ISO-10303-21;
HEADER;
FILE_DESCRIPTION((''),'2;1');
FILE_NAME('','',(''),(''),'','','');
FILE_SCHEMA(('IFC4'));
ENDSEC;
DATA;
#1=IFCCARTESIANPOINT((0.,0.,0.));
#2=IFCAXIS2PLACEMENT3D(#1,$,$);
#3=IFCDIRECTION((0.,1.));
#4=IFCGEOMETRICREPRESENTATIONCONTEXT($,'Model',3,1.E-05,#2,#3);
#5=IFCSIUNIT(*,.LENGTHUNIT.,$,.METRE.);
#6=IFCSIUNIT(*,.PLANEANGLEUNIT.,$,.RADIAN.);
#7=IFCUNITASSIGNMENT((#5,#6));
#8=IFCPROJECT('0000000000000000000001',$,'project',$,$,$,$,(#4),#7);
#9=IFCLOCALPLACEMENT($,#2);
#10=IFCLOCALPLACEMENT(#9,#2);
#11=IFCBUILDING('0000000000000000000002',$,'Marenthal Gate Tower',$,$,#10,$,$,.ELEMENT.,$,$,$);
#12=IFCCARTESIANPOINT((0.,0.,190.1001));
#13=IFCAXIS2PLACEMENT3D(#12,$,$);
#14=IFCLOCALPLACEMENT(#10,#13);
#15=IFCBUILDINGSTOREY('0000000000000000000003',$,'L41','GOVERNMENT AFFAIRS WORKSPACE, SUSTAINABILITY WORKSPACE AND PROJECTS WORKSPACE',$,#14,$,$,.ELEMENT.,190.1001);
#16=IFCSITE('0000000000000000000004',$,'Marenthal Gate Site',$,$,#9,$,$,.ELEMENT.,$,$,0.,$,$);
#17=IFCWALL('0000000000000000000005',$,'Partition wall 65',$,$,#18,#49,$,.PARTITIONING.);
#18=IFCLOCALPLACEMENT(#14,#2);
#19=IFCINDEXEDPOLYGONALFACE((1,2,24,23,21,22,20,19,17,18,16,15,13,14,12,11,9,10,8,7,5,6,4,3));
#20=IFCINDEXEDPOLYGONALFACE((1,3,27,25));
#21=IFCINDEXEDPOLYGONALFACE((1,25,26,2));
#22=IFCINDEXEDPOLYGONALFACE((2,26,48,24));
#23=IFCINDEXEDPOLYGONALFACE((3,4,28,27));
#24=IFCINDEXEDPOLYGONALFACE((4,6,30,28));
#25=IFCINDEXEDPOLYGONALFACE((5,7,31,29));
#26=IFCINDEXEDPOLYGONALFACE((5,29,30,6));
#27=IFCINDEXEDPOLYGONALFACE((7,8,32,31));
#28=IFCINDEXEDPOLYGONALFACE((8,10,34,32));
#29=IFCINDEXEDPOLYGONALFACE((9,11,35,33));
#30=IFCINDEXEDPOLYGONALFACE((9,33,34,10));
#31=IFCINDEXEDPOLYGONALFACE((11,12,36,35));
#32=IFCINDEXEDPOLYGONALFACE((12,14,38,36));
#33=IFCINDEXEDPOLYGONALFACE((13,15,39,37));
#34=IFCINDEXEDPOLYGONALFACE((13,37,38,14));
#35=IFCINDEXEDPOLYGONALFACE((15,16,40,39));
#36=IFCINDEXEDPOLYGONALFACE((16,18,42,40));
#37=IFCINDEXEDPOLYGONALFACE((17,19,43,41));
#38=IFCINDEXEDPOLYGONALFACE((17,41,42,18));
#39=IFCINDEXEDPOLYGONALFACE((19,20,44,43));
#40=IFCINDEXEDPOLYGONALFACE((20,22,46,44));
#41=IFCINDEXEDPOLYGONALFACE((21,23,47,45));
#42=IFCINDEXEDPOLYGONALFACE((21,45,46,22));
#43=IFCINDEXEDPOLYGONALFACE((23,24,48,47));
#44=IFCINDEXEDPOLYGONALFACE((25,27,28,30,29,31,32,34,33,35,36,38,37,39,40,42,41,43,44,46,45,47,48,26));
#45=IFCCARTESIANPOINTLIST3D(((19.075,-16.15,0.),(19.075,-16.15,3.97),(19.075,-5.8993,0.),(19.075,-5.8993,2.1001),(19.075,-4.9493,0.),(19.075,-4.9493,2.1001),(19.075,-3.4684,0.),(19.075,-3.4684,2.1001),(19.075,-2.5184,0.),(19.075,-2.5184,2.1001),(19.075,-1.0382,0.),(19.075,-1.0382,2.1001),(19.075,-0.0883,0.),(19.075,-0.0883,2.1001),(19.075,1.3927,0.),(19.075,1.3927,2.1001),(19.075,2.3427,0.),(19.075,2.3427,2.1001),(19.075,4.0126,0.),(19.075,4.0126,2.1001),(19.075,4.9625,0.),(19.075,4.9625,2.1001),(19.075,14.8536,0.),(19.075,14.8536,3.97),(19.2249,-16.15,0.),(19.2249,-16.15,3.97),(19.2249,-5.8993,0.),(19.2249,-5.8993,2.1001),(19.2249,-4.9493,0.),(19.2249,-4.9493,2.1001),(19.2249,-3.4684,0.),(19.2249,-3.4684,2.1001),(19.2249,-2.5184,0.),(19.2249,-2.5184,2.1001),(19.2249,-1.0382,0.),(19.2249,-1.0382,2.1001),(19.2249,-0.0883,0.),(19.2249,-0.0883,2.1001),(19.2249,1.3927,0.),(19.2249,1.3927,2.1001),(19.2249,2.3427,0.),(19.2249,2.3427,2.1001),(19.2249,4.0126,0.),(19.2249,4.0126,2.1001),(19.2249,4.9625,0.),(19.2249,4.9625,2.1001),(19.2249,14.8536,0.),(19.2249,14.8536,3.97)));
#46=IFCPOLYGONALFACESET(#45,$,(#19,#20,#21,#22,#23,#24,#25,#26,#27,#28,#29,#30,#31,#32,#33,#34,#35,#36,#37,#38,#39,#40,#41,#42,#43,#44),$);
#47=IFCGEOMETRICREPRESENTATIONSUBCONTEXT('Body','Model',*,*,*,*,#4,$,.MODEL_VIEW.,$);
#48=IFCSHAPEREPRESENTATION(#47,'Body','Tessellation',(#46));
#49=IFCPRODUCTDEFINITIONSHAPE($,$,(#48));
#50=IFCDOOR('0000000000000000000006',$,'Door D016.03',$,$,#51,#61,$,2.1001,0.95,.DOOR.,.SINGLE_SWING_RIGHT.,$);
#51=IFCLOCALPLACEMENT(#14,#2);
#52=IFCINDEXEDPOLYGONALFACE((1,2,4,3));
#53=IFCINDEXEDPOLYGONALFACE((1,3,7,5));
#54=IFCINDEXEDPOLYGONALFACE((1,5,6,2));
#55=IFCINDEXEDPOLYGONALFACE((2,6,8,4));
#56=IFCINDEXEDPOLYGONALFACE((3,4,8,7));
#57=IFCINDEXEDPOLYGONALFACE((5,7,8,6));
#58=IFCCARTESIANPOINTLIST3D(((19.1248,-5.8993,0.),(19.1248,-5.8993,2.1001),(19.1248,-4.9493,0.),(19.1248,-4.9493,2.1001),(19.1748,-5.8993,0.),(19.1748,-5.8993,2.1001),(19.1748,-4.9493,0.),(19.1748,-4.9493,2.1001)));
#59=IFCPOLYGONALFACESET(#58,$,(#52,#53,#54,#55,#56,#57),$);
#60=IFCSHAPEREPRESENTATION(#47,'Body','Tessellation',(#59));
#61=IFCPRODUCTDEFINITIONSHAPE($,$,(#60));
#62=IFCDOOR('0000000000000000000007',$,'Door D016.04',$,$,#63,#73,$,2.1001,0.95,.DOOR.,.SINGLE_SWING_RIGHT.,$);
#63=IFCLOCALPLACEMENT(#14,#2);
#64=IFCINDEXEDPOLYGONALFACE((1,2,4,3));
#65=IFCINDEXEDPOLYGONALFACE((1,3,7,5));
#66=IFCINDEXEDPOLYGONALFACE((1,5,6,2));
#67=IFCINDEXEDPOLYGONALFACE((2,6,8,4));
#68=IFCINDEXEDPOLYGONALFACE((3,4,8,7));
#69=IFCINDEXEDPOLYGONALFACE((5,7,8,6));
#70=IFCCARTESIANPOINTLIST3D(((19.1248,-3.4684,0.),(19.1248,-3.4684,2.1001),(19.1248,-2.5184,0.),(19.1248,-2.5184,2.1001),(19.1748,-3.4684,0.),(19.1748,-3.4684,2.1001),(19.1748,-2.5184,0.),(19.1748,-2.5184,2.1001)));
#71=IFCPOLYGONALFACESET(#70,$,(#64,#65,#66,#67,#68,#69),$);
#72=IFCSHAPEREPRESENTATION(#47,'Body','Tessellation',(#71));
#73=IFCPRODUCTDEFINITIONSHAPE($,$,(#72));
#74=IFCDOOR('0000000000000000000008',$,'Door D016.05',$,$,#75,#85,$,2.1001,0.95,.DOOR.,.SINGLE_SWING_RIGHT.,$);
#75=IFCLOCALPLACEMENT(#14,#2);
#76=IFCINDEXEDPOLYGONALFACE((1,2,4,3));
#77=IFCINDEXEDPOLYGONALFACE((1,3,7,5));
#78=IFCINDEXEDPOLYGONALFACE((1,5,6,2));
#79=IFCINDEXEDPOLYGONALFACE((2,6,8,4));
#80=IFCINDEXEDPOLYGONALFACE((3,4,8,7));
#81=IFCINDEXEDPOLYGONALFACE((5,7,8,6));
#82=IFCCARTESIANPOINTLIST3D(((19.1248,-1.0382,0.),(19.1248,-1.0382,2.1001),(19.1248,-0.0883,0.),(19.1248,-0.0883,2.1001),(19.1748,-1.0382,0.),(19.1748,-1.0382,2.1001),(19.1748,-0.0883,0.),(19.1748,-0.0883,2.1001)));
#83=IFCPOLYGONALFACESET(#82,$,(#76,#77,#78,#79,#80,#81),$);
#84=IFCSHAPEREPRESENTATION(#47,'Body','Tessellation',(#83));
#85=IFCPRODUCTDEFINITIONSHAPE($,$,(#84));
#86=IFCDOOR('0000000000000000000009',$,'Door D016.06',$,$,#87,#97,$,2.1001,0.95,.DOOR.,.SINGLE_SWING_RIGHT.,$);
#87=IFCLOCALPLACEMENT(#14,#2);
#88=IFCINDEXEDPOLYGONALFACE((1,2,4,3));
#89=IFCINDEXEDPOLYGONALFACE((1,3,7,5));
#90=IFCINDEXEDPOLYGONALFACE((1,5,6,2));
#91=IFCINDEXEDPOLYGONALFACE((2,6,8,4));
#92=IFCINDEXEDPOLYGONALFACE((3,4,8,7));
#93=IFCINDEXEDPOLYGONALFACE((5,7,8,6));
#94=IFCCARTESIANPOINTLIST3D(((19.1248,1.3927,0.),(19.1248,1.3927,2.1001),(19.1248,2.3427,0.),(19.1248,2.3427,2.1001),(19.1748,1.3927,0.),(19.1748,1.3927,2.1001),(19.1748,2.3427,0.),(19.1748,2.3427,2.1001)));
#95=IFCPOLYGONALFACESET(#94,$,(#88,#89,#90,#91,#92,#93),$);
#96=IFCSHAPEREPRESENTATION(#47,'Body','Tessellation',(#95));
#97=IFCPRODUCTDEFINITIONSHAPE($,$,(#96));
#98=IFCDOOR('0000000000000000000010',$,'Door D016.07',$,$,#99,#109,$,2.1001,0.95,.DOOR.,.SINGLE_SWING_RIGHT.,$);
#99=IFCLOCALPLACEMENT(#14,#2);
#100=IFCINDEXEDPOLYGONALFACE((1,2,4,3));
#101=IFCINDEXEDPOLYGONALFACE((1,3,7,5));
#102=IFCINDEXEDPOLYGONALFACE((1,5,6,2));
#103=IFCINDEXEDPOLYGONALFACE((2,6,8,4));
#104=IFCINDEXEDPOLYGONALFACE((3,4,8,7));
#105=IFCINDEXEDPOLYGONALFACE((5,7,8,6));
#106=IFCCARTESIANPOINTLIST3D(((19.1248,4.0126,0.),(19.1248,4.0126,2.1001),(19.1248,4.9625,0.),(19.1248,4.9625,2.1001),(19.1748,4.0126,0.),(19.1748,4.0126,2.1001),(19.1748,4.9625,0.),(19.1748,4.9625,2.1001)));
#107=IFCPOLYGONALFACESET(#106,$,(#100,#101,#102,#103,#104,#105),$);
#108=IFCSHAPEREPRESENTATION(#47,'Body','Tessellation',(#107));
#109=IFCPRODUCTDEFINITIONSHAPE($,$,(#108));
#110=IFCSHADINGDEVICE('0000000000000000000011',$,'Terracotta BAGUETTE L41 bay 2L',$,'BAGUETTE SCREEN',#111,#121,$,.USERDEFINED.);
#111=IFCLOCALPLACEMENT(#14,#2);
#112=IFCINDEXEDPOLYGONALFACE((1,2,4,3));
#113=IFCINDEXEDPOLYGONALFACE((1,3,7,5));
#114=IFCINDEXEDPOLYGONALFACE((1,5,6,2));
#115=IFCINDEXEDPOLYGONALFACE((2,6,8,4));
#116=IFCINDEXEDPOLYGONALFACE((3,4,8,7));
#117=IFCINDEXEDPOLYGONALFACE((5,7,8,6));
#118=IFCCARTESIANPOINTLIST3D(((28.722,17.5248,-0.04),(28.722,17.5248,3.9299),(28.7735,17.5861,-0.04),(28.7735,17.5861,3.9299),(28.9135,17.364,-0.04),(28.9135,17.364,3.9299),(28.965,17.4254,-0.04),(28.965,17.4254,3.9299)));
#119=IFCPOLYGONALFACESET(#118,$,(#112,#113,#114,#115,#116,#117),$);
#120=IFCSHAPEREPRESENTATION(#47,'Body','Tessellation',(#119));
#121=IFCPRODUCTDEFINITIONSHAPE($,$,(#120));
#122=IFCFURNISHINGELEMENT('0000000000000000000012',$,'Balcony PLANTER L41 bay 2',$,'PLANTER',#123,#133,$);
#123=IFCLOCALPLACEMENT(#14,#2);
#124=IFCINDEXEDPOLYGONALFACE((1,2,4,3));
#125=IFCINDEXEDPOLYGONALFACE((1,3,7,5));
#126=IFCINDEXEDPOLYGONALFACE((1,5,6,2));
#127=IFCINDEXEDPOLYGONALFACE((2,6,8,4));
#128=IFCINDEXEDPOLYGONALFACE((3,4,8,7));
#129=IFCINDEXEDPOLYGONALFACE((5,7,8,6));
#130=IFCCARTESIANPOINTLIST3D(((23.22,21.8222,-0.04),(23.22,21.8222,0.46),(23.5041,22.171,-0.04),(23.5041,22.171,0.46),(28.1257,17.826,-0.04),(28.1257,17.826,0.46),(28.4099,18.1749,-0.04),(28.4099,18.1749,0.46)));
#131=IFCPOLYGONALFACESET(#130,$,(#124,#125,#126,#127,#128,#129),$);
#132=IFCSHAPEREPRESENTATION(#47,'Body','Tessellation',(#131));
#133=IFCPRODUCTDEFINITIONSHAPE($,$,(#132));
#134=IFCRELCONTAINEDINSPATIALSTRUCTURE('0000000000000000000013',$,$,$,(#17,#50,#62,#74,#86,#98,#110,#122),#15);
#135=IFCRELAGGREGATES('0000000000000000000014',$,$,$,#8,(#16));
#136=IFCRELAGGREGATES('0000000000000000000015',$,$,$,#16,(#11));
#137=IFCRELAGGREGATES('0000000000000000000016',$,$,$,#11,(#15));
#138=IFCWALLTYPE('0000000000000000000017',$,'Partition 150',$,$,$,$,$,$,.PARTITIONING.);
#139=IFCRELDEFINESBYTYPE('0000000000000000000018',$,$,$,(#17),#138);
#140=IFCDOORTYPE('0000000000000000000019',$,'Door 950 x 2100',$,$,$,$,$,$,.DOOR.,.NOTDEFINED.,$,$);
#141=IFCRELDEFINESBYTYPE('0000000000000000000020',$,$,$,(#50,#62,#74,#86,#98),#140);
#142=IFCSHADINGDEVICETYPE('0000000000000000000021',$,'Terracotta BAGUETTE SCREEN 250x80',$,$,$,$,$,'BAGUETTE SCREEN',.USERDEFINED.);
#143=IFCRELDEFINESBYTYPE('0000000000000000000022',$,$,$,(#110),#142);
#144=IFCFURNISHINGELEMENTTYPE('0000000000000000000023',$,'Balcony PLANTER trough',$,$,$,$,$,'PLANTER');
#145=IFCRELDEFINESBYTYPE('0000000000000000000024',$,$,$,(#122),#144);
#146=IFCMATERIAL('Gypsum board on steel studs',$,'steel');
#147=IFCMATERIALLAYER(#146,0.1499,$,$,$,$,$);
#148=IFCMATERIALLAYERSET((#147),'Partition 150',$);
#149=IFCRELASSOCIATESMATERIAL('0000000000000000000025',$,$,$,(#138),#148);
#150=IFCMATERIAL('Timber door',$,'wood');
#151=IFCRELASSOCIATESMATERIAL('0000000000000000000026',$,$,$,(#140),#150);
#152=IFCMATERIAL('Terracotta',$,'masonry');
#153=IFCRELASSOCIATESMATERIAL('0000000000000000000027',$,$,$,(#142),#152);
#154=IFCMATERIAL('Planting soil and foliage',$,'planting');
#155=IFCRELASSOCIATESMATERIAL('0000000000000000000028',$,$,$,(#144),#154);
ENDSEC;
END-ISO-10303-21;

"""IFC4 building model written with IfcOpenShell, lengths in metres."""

from ifc_helpers import new_model, si_unit, direction, frame, frame_2d, origin, origin_2d, place, context, subcontext, project, spatial, rectangle, extrude, material, layer, layer_set, material_profile, profile_set, type_object, element, fill, save


model = new_model("IFC4")

# Units and contexts
model_context = context("Model", 3, precision=1e-05, world=origin(), true_north=direction((0.0, 1.0)))
body_context = subcontext(model_context, "Body", "Model", "MODEL_VIEW")
ifc_project = project(units=[si_unit("LENGTHUNIT", "METRE"), si_unit("PLANEANGLEUNIT", "RADIAN")], contexts=[model_context])

# Site, building, storey
site_placement = place(None, origin())
site = spatial("IfcSite", under=ifc_project, at=site_placement, Name="Marenthal Gate Site", CompositionType="ELEMENT", RefElevation=0.0)
building_placement = place(site_placement, origin())
building = spatial("IfcBuilding", under=site, at=building_placement, Name="Marenthal Gate Tower", CompositionType="ELEMENT")
storey_placement = place(building_placement, frame((0.0, 0.0, 190.1001)))
storey = spatial("IfcBuildingStorey", under=building, at=storey_placement, Name="L41", Description="GOVERNMENT AFFAIRS WORKSPACE, SUSTAINABILITY WORKSPACE AND PROJECTS WORKSPACE", CompositionType="ELEMENT", Elevation=190.1001)

# Shared definitions
ifc_material_1 = material(Name="Gypsum board on steel studs", Category="steel")
ifc_layer_1 = layer(ifc_material_1, 0.1499)
ifc_layer_set_1 = layer_set([ifc_layer_1], Name="Partition 150")
wall_type_1 = type_object("IfcWallType", Name="Partition 150", PredefinedType="PARTITIONING", material=ifc_layer_set_1)

# Wall, openings, doors
wall_1_placement = place(storey_placement, frame((19.1499, 14.8538, 0.0), z_axis=(0.0, 0.0, 1.0), x_axis=(0.0, -1.0, 0.0)))
wall_1 = element("IfcWall", 1, at=wall_1_placement, inside=storey, type_object=wall_type_1, Name="Partition wall 65", PredefinedType="PARTITIONING", context=body_context, shape_type="SweptSolid", body=[
    extrude(rectangle(XDim=31.0037, YDim=0.1499, at=frame_2d((15.502, 0.0))), origin(), (0.0, 0.0, 1.0), 3.97),
])
opening_1_placement = place(wall_1_placement, frame((19.803, 0.0, 0.0)))
opening_1 = element("IfcOpeningElement", 2, at=opening_1_placement, cuts=wall_1, PredefinedType="OPENING", context=body_context, shape_type="SweptSolid", body=[
    extrude(rectangle(XDim=0.95, YDim=2.1001, at=frame_2d((0.4751, 1.05))), frame((0.0, 0.085, 0.0), z_axis=(0.0, -1.0, 0.0), x_axis=(1.0, 0.0, 0.0)), (0.0, 0.0, 1.0), 0.1699),
])
opening_2_placement = place(wall_1_placement, frame((17.3721, 0.0, 0.0)))
opening_2 = element("IfcOpeningElement", 3, at=opening_2_placement, cuts=wall_1, PredefinedType="OPENING", context=body_context, shape_type="SweptSolid", body=[
    extrude(rectangle(XDim=0.95, YDim=2.1001, at=frame_2d((0.4751, 1.05))), frame((0.0, 0.085, 0.0), z_axis=(0.0, -1.0, 0.0), x_axis=(1.0, 0.0, 0.0)), (0.0, 0.0, 1.0), 0.1699),
])
opening_3_placement = place(wall_1_placement, frame((14.9419, 0.0, 0.0)))
opening_3 = element("IfcOpeningElement", 4, at=opening_3_placement, cuts=wall_1, PredefinedType="OPENING", context=body_context, shape_type="SweptSolid", body=[
    extrude(rectangle(XDim=0.95, YDim=2.1001, at=frame_2d((0.4751, 1.05))), frame((0.0, 0.085, 0.0), z_axis=(0.0, -1.0, 0.0), x_axis=(1.0, 0.0, 0.0)), (0.0, 0.0, 1.0), 0.1699),
])
opening_4_placement = place(wall_1_placement, frame((12.511, 0.0, 0.0)))
opening_4 = element("IfcOpeningElement", 5, at=opening_4_placement, cuts=wall_1, PredefinedType="OPENING", context=body_context, shape_type="SweptSolid", body=[
    extrude(rectangle(XDim=0.95, YDim=2.1001, at=frame_2d((0.4751, 1.05))), frame((0.0, 0.085, 0.0), z_axis=(0.0, -1.0, 0.0), x_axis=(1.0, 0.0, 0.0)), (0.0, 0.0, 1.0), 0.1699),
])
opening_5_placement = place(wall_1_placement, frame((9.8911, 0.0, 0.0)))
opening_5 = element("IfcOpeningElement", 6, at=opening_5_placement, cuts=wall_1, PredefinedType="OPENING", context=body_context, shape_type="SweptSolid", body=[
    extrude(rectangle(XDim=0.95, YDim=2.1001, at=frame_2d((0.4751, 1.05))), frame((0.0, 0.085, 0.0), z_axis=(0.0, -1.0, 0.0), x_axis=(1.0, 0.0, 0.0)), (0.0, 0.0, 1.0), 0.1699),
])
ifc_material_2 = material(Name="Timber door", Category="wood")
door_type_1 = type_object("IfcDoorType", Name="Door 950 x 2100", OperationType="NOTDEFINED", PredefinedType="DOOR", material=ifc_material_2)
door_1_placement = place(opening_1_placement, origin())
door_1 = element("IfcDoor", 7, at=door_1_placement, inside=storey, type_object=door_type_1, Name="Door D016.03", OperationType="SINGLE_SWING_RIGHT", OverallHeight=2.1001, OverallWidth=0.95, PredefinedType="DOOR", context=body_context, shape_type="SweptSolid", body=[
    extrude(rectangle(XDim=0.95, YDim=2.1001, at=frame_2d((0.4751, 1.05))), frame((0.0, 0.0249, 0.0), z_axis=(0.0, -1.0, 0.0), x_axis=(1.0, 0.0, 0.0)), (0.0, 0.0, 1.0), 0.05),
])
fill(opening_1, door_1)
door_2_placement = place(opening_2_placement, origin())
door_2 = element("IfcDoor", 8, at=door_2_placement, inside=storey, type_object=door_type_1, Name="Door D016.04", OperationType="SINGLE_SWING_RIGHT", OverallHeight=2.1001, OverallWidth=0.95, PredefinedType="DOOR", context=body_context, shape_type="SweptSolid", body=[
    extrude(rectangle(XDim=0.95, YDim=2.1001, at=frame_2d((0.4751, 1.05))), frame((0.0, 0.0249, 0.0), z_axis=(0.0, -1.0, 0.0), x_axis=(1.0, 0.0, 0.0)), (0.0, 0.0, 1.0), 0.05),
])
fill(opening_2, door_2)
door_3_placement = place(opening_3_placement, origin())
door_3 = element("IfcDoor", 9, at=door_3_placement, inside=storey, type_object=door_type_1, Name="Door D016.05", OperationType="SINGLE_SWING_RIGHT", OverallHeight=2.1001, OverallWidth=0.95, PredefinedType="DOOR", context=body_context, shape_type="SweptSolid", body=[
    extrude(rectangle(XDim=0.95, YDim=2.1001, at=frame_2d((0.4751, 1.05))), frame((0.0, 0.0249, 0.0), z_axis=(0.0, -1.0, 0.0), x_axis=(1.0, 0.0, 0.0)), (0.0, 0.0, 1.0), 0.05),
])
fill(opening_3, door_3)
door_4_placement = place(opening_4_placement, origin())
door_4 = element("IfcDoor", 10, at=door_4_placement, inside=storey, type_object=door_type_1, Name="Door D016.06", OperationType="SINGLE_SWING_RIGHT", OverallHeight=2.1001, OverallWidth=0.95, PredefinedType="DOOR", context=body_context, shape_type="SweptSolid", body=[
    extrude(rectangle(XDim=0.95, YDim=2.1001, at=frame_2d((0.4751, 1.05))), frame((0.0, 0.0249, 0.0), z_axis=(0.0, -1.0, 0.0), x_axis=(1.0, 0.0, 0.0)), (0.0, 0.0, 1.0), 0.05),
])
fill(opening_4, door_4)
door_5_placement = place(opening_5_placement, origin())
door_5 = element("IfcDoor", 11, at=door_5_placement, inside=storey, type_object=door_type_1, Name="Door D016.07", OperationType="SINGLE_SWING_RIGHT", OverallHeight=2.1001, OverallWidth=0.95, PredefinedType="DOOR", context=body_context, shape_type="SweptSolid", body=[
    extrude(rectangle(XDim=0.95, YDim=2.1001, at=frame_2d((0.4751, 1.05))), frame((0.0, 0.0249, 0.0), z_axis=(0.0, -1.0, 0.0), x_axis=(1.0, 0.0, 0.0)), (0.0, 0.0, 1.0), 0.05),
])
fill(opening_5, door_5)

# Shading device
ifc_material_3 = material(Name="Terracotta", Category="masonry")
ifc_material_profile_1 = material_profile(ifc_material_3, rectangle(XDim=0.25, YDim=0.0801, at=origin_2d()), Name="Terracotta baguette 250x80")
ifc_profile_set_1 = profile_set([ifc_material_profile_1], Name="Terracotta")
shading_device_type = type_object("IfcShadingDeviceType", Name="Terracotta BAGUETTE SCREEN 250x80", ElementType="BAGUETTE SCREEN", PredefinedType="USERDEFINED", material=ifc_profile_set_1)
shading_device_placement = place(storey_placement, frame((28.8435, 17.4751, -0.04), z_axis=(0.0, 0.0, 1.0), x_axis=(-0.76578, 0.643103, 0.0)))
element("IfcShadingDevice", 12, at=shading_device_placement, inside=storey, type_object=shading_device_type, Name="Terracotta BAGUETTE L41 bay 2L", ObjectType="BAGUETTE SCREEN", PredefinedType="USERDEFINED", context=body_context, shape_type="SweptSolid", body=[
    extrude(rectangle(XDim=0.25, YDim=0.0801, at=origin_2d()), origin(), (0.0, 0.0, 1.0), 3.97),
])

# Furnishing element
ifc_material_4 = material(Name="Planting soil and foliage", Category="planting")
furnishing_element_type = type_object("IfcFurnishingElementType", Name="Balcony PLANTER trough", ElementType="PLANTER", material=ifc_material_4)
furnishing_placement = place(storey_placement, frame((25.8149, 19.9985, -0.04), z_axis=(0.0, 0.0, 1.0), x_axis=(-0.775322, 0.631567, 0.0)))
element("IfcFurnishingElement", 13, at=furnishing_placement, inside=storey, type_object=furnishing_element_type, Name="Balcony PLANTER L41 bay 2", ObjectType="PLANTER", context=body_context, shape_type="SweptSolid", body=[
    extrude(rectangle(XDim=6.3274, YDim=0.45, at=origin_2d()), origin(), (0.0, 0.0, 1.0), 0.5),
])

save(model, "model.ifc")
